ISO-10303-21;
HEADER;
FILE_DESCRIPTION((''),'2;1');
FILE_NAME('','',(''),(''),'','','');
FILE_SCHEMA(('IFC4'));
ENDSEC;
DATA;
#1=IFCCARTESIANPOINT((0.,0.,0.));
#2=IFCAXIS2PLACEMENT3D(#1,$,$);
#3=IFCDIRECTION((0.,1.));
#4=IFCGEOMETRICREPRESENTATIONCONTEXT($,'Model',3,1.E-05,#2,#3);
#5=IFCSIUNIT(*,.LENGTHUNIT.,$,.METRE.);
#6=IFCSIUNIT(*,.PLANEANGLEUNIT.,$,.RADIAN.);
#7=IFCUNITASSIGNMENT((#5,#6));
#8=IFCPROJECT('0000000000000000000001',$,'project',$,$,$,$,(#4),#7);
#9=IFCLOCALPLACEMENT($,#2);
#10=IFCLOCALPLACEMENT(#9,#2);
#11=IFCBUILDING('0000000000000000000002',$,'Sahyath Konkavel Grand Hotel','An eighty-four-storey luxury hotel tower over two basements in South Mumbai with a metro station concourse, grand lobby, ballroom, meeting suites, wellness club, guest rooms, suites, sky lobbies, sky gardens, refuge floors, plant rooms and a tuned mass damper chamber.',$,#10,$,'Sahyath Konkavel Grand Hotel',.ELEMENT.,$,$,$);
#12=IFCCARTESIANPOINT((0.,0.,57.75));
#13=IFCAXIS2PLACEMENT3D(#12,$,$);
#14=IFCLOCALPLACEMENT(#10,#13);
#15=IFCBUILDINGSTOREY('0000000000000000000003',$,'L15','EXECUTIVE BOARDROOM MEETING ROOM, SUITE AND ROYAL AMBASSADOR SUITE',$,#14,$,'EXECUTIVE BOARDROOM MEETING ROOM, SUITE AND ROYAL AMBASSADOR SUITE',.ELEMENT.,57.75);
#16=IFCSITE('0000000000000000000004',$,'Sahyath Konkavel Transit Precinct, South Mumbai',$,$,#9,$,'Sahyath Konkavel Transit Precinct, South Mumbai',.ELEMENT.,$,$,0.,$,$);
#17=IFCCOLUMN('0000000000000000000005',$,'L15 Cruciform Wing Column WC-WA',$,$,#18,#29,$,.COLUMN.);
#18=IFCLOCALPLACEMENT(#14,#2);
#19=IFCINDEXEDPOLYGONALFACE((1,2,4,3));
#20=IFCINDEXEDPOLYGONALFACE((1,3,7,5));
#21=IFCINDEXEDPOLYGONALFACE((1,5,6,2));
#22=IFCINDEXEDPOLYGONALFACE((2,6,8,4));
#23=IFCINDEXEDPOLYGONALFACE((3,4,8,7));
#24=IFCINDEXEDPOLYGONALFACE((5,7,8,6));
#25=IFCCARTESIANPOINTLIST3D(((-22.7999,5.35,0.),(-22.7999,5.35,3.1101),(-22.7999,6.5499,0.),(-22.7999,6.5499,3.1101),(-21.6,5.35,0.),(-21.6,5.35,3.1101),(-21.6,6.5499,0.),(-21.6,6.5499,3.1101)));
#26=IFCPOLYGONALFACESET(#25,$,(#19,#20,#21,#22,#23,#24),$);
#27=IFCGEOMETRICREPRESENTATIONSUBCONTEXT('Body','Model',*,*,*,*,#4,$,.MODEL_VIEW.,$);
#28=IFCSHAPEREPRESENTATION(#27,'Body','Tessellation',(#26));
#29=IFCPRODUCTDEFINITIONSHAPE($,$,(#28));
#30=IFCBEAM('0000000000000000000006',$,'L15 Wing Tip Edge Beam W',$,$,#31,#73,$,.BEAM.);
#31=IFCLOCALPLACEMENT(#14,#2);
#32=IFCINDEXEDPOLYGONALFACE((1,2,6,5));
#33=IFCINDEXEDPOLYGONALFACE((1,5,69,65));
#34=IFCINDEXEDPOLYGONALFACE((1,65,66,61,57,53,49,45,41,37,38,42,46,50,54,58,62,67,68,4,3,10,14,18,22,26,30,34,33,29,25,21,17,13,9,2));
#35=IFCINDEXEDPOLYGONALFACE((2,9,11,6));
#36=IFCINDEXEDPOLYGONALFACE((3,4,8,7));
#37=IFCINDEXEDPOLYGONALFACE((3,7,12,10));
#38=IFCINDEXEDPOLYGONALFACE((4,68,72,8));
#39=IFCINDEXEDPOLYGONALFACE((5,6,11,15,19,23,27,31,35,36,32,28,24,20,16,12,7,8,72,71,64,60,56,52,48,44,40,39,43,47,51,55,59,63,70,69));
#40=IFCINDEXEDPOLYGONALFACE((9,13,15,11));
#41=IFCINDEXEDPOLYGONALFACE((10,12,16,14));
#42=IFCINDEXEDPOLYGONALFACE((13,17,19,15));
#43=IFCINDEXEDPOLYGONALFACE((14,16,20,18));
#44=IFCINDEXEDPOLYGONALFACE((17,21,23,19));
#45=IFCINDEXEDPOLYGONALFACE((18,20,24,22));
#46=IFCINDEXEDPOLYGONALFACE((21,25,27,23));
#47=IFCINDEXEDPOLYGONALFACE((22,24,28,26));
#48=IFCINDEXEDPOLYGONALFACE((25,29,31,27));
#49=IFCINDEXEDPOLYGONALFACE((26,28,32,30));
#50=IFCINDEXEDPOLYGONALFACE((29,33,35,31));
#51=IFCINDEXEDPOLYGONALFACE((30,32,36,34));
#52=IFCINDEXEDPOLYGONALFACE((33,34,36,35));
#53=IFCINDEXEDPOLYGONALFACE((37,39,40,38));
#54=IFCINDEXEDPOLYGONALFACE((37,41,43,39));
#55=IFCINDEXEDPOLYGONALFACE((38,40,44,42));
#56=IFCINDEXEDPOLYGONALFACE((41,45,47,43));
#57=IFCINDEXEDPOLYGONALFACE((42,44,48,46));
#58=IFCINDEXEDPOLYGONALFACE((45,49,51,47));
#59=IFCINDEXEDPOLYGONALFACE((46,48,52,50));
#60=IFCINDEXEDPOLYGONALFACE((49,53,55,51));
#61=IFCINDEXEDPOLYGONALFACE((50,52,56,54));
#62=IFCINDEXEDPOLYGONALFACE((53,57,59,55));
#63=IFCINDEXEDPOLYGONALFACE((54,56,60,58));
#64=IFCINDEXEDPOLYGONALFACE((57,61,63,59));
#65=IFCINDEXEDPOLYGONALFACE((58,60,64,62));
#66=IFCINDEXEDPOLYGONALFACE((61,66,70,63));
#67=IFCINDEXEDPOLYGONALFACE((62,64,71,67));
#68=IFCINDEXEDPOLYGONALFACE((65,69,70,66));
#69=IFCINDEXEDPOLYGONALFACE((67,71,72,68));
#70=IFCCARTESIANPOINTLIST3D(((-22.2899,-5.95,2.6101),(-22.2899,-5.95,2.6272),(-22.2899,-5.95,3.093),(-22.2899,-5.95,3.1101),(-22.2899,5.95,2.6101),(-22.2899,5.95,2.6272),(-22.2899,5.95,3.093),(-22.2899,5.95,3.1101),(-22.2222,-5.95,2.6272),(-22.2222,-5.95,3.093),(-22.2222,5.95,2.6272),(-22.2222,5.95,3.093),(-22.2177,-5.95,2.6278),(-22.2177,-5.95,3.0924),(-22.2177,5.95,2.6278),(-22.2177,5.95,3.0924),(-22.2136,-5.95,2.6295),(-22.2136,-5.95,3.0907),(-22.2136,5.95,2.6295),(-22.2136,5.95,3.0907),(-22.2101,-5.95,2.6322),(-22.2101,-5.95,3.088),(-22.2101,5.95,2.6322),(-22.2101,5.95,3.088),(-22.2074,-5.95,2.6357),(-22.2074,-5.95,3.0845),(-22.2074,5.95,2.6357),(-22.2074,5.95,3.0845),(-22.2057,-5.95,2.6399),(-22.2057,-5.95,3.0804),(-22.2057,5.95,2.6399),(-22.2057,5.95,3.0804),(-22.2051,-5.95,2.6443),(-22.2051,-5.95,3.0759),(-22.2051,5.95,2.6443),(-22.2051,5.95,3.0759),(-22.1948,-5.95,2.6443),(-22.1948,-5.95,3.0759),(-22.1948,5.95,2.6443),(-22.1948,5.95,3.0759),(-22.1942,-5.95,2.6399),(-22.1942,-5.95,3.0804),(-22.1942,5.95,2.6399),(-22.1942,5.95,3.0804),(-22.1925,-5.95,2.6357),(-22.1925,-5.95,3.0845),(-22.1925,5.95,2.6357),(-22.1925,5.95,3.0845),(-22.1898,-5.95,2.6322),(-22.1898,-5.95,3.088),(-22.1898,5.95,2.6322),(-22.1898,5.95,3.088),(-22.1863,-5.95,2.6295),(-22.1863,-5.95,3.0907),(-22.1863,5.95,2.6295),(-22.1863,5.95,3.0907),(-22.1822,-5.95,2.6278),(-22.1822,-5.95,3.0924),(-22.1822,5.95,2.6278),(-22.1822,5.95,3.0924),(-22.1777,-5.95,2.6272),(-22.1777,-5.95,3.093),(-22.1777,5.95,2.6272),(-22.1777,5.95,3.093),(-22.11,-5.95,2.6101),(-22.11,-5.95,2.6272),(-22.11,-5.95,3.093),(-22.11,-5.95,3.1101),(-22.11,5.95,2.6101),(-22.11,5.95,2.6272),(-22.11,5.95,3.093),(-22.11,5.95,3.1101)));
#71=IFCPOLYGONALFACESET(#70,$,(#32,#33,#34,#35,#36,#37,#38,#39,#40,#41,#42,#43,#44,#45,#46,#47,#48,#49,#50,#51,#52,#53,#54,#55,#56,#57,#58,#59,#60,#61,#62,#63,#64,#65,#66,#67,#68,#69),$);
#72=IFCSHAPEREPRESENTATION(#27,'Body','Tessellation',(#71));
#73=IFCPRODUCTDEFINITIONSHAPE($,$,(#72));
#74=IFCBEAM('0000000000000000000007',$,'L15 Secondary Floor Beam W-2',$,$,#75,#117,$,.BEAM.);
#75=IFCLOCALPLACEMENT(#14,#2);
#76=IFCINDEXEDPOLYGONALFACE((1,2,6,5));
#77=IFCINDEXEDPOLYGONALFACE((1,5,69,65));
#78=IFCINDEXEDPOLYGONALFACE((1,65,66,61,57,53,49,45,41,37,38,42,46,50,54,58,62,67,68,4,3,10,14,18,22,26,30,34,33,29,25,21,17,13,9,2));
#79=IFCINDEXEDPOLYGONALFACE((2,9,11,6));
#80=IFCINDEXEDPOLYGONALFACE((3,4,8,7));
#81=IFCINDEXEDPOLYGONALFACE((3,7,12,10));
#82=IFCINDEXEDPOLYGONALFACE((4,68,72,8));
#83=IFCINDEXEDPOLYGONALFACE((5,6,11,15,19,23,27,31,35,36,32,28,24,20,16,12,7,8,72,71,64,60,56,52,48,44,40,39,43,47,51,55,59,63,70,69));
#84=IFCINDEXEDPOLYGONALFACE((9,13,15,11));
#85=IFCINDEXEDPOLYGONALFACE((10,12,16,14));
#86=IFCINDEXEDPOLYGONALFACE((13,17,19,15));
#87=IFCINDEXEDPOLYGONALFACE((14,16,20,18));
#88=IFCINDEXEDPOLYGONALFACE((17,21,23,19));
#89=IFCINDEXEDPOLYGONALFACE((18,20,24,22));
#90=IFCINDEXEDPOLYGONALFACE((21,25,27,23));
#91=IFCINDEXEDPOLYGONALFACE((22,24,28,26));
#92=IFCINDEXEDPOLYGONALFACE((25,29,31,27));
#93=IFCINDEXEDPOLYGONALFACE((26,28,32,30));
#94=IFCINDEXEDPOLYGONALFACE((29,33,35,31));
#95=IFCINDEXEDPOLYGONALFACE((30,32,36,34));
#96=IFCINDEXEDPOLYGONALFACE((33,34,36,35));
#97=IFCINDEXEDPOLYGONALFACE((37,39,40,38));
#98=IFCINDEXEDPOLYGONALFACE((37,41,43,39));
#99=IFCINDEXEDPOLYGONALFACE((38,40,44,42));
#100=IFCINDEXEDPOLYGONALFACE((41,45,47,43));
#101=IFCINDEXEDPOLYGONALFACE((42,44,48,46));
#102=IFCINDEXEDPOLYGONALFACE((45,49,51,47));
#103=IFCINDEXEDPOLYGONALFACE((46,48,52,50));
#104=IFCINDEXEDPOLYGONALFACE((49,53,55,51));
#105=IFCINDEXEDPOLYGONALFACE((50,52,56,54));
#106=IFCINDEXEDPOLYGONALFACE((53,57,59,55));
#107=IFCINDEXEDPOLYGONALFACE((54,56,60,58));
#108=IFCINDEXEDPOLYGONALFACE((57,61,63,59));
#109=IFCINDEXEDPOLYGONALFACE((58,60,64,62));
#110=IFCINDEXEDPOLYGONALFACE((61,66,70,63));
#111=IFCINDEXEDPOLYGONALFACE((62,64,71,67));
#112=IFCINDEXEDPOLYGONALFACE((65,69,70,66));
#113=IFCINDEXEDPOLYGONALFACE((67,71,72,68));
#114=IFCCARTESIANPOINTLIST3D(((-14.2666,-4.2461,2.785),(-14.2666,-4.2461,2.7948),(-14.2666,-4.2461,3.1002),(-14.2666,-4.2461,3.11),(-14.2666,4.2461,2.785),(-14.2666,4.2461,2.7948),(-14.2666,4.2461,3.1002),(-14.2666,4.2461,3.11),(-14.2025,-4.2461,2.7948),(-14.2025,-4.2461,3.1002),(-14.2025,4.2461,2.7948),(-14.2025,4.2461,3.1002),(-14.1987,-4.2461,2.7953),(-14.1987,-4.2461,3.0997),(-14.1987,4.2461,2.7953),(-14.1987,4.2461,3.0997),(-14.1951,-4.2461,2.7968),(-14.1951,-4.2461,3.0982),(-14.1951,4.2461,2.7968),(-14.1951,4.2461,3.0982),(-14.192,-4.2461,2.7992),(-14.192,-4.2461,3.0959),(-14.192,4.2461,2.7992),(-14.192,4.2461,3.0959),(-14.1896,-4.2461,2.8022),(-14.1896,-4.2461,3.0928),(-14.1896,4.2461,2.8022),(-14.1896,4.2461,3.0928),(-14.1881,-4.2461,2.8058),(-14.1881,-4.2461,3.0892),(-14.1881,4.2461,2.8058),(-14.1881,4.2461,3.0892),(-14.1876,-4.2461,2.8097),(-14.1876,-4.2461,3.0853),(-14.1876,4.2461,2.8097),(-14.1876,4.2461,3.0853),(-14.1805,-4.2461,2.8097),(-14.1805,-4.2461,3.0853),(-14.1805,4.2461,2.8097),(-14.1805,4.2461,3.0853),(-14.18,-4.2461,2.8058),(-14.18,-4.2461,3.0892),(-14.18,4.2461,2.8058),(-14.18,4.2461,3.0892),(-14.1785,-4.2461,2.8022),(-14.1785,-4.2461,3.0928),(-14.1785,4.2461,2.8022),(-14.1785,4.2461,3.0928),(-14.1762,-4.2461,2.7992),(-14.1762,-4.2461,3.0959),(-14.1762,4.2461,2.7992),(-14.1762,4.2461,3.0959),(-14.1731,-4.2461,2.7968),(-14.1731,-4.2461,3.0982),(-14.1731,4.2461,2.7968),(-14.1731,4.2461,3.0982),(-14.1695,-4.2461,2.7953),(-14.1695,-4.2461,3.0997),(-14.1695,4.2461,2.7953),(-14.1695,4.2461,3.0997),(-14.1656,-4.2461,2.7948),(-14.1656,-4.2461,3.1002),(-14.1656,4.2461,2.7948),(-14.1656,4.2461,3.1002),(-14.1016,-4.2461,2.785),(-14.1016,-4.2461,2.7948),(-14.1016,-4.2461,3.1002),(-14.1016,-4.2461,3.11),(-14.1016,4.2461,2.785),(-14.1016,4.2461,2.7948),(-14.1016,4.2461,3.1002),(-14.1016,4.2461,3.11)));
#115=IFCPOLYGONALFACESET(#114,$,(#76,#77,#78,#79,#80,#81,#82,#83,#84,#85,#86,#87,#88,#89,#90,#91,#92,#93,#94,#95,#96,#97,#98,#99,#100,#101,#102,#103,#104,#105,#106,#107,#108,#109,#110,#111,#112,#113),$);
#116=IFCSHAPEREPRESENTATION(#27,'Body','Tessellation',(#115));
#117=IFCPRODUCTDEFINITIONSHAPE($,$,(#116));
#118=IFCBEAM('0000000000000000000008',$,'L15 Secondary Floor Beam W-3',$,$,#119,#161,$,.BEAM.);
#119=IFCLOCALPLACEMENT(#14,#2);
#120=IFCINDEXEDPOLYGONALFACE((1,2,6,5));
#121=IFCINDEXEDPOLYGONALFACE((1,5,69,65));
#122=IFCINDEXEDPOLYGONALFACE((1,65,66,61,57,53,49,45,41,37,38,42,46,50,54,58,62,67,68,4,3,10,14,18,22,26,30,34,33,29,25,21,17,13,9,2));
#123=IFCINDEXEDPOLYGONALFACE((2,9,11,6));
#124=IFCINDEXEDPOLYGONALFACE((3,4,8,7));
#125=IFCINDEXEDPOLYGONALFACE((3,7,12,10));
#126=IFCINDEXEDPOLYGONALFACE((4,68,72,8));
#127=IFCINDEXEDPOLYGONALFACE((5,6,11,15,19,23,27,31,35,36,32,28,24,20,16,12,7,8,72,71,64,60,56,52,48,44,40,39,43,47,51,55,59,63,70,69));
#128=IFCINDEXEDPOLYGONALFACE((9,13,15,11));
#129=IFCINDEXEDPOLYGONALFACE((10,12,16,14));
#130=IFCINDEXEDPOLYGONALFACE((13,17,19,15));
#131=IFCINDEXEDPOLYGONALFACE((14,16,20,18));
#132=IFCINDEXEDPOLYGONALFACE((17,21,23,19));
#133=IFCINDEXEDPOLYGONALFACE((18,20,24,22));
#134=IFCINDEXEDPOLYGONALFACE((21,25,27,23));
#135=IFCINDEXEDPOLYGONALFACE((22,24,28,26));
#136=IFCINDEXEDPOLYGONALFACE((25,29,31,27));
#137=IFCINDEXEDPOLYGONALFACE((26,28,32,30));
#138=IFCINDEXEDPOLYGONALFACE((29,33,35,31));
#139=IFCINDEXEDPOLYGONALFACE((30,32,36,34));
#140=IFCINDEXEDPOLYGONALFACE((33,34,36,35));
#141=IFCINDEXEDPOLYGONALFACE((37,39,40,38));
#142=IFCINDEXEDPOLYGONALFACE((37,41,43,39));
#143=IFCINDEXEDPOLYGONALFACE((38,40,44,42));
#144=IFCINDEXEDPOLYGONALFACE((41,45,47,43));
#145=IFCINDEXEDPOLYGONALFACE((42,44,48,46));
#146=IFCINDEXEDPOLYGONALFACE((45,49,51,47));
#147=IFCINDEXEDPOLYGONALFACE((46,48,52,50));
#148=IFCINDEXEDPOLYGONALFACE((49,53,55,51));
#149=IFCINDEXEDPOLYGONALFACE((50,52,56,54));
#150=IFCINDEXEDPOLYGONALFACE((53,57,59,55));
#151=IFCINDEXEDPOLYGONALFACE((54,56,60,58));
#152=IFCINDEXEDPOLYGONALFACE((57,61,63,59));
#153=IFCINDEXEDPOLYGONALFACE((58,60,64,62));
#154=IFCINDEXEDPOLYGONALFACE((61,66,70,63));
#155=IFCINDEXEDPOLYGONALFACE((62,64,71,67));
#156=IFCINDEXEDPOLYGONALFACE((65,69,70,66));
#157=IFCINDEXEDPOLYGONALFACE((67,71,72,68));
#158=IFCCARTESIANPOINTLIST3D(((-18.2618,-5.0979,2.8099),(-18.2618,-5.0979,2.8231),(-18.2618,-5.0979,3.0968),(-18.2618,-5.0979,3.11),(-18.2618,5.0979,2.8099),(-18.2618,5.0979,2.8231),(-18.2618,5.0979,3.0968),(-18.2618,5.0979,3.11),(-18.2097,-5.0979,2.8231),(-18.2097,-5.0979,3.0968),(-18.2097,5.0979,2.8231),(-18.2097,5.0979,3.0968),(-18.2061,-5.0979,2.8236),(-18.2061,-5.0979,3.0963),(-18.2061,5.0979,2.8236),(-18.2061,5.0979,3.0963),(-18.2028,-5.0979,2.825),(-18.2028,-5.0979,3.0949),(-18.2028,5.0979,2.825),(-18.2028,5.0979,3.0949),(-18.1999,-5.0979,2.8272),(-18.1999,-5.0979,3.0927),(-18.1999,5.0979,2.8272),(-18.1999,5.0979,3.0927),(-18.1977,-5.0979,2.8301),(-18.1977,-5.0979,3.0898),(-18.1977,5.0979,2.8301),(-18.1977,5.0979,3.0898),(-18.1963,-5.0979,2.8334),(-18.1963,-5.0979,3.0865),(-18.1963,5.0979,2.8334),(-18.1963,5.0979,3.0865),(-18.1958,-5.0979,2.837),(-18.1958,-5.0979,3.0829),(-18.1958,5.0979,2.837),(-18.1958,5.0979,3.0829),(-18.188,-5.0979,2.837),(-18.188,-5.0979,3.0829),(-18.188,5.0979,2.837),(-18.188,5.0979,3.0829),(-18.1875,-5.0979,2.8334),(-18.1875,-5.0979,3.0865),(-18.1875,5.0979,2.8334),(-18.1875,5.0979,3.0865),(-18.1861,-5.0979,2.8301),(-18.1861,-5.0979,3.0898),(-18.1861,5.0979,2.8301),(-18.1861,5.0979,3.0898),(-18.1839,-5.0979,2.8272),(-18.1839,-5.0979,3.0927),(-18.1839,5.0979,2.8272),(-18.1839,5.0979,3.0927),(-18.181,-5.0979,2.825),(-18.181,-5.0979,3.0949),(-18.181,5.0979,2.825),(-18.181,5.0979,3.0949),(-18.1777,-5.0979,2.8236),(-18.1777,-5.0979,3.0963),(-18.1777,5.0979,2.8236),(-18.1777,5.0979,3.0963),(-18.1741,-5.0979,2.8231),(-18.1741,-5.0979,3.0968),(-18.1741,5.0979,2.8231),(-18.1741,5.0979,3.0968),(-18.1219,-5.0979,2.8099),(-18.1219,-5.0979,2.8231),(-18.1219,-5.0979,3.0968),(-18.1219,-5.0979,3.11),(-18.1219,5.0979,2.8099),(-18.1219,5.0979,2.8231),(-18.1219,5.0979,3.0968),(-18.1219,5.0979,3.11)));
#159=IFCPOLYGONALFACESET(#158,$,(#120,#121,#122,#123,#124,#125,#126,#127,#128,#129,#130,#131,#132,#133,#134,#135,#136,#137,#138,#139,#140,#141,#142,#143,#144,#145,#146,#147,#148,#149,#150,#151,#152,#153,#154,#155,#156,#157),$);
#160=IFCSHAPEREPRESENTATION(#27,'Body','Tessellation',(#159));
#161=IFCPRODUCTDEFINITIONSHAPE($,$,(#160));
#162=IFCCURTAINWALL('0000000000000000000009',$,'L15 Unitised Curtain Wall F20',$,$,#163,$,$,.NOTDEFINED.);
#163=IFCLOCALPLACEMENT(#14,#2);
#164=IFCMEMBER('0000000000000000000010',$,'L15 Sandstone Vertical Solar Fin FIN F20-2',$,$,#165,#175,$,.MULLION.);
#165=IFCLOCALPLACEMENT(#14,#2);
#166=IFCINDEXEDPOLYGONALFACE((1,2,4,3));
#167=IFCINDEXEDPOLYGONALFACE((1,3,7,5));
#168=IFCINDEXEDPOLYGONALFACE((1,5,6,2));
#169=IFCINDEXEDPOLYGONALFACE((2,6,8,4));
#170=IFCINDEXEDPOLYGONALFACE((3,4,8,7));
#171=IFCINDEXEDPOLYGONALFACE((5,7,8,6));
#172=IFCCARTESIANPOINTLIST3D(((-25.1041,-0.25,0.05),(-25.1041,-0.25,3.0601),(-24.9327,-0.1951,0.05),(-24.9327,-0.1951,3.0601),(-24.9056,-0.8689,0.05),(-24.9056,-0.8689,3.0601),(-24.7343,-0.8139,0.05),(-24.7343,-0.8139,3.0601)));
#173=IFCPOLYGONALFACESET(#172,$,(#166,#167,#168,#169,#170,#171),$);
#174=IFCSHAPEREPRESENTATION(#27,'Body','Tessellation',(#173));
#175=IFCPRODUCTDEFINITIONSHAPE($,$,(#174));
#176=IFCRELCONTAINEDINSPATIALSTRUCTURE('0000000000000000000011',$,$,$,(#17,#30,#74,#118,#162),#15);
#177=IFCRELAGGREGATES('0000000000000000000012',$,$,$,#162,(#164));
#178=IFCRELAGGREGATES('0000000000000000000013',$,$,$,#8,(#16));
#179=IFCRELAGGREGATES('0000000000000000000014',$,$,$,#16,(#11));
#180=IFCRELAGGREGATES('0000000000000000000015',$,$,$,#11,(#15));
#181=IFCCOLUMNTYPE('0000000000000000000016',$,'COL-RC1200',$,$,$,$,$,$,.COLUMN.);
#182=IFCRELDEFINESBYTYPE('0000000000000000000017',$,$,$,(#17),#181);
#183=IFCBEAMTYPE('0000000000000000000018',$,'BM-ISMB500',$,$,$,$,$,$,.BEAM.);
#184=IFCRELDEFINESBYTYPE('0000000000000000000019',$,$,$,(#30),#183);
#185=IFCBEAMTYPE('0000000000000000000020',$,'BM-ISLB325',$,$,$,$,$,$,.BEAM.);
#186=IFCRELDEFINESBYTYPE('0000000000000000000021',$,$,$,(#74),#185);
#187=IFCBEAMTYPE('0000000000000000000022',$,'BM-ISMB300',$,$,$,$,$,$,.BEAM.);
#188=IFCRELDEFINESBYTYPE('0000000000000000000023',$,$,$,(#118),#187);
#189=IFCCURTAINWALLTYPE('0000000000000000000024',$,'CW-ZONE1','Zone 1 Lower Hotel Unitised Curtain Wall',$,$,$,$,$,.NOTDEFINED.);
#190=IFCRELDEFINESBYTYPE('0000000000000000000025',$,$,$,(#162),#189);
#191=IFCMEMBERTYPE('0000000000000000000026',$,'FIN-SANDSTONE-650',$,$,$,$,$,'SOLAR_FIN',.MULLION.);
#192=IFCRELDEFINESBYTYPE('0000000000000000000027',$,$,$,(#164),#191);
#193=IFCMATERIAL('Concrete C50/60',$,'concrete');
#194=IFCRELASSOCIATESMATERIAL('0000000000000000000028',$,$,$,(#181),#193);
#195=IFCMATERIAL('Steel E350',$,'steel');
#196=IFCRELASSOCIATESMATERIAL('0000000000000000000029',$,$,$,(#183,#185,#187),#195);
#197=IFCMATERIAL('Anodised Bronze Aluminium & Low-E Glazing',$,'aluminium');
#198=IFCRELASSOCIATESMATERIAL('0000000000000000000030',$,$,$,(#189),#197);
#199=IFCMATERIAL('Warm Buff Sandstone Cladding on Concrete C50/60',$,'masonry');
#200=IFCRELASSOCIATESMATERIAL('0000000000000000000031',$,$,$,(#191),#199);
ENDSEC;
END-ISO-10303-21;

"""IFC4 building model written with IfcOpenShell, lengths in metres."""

from ifc_helpers import new_model, si_unit, direction, frame, origin, origin_2d, place, context, subcontext, project, spatial, rectangle, i_section, extrude, source, transform, mapped, material, material_profile, profile_set, type_object, element, aggregate, save


model = new_model("IFC4")

# Units and contexts
model_context = context("Model", 3, precision=1e-05, world=origin(), true_north=direction((0.0, 1.0)))
body_context = subcontext(model_context, "Body", "Model", "MODEL_VIEW")
ifc_project = project(units=[si_unit("LENGTHUNIT", "METRE"), si_unit("PLANEANGLEUNIT", "RADIAN")], contexts=[model_context])

# Site, building, storey
site_placement = place(None, origin())
site = spatial("IfcSite", under=ifc_project, at=site_placement, Name="Sahyath Konkavel Transit Precinct, South Mumbai", LongName="Sahyath Konkavel Transit Precinct, South Mumbai", CompositionType="ELEMENT", RefElevation=0.0)
building_placement = place(site_placement, origin())
building = spatial("IfcBuilding", under=site, at=building_placement, Name="Sahyath Konkavel Grand Hotel", Description="An eighty-four-storey luxury hotel tower over two basements in South Mumbai with a metro station concourse, grand lobby, ballroom, meeting suites, wellness club, guest rooms, suites, sky lobbies, sky gardens, refuge floors, plant rooms and a tuned mass damper chamber.", LongName="Sahyath Konkavel Grand Hotel", CompositionType="ELEMENT")
storey_placement = place(building_placement, frame((0.0, 0.0, 57.75)))
storey = spatial("IfcBuildingStorey", under=building, at=storey_placement, Name="L15", Description="EXECUTIVE BOARDROOM MEETING ROOM, SUITE AND ROYAL AMBASSADOR SUITE", LongName="EXECUTIVE BOARDROOM MEETING ROOM, SUITE AND ROYAL AMBASSADOR SUITE", CompositionType="ELEMENT", Elevation=57.75)

# Column
ifc_material_1 = material(Name="Concrete C50/60", Category="concrete")
ifc_material_profile_1 = material_profile(ifc_material_1, rectangle(XDim=1.2, YDim=1.2, at=origin_2d()), Name="RC 1200x1200")
ifc_profile_set_1 = profile_set([ifc_material_profile_1], Name="Concrete C50/60")
column_type = type_object("IfcColumnType", Name="COL-RC1200", PredefinedType="COLUMN", material=ifc_profile_set_1)
shared_shape_1 = source(origin(), body_context, "Body", "SweptSolid", [
    extrude(rectangle(XDim=1.2, YDim=1.2, at=origin_2d()), origin(), (0.0, 0.0, 1.0), 3.1101),
])
column_placement = place(storey_placement, frame((-22.2, 5.95, 0.0), z_axis=(0.0, 0.0, 1.0), x_axis=(1.0, 0.0, 0.0)))
element("IfcColumn", 1, at=column_placement, inside=storey, type_object=column_type, Name="L15 Cruciform Wing Column WC-WA", PredefinedType="COLUMN", context=body_context, shape_type="MappedRepresentation", body=[
    mapped(shared_shape_1, transform((0.0, 0.0, 0.0), scale=1.0)),
])

# Beams
ifc_material_2 = material(Name="Steel E350", Category="steel")
ifc_material_profile_2 = material_profile(ifc_material_2, i_section(OverallWidth=0.1799, OverallDepth=0.5, WebThickness=0.0103, FlangeThickness=0.0171, FilletRadius=0.0171, at=origin_2d()), Name="ISMB 500")
ifc_profile_set_2 = profile_set([ifc_material_profile_2], Name="Steel E350")
beam_type_1 = type_object("IfcBeamType", Name="BM-ISMB500", PredefinedType="BEAM", material=ifc_profile_set_2)
shared_shape_2 = source(origin(), body_context, "Body", "SweptSolid", [
    extrude(i_section(OverallWidth=0.1799, OverallDepth=0.5, WebThickness=0.0103, FlangeThickness=0.0171, FilletRadius=0.0171, at=origin_2d()), origin(), (0.0, 0.0, 1.0), 11.8999),
])
beam_1_placement = place(storey_placement, frame((-22.2, 5.95, 2.8601), z_axis=(0.0, -1.0, 0.0), x_axis=(1.0, 0.0, 0.0)))
element("IfcBeam", 2, at=beam_1_placement, inside=storey, type_object=beam_type_1, Name="L15 Wing Tip Edge Beam W", PredefinedType="BEAM", context=body_context, shape_type="MappedRepresentation", body=[
    mapped(shared_shape_2, transform((0.0, 0.0, 0.0), scale=1.0)),
])
ifc_material_profile_3 = material_profile(ifc_material_2, i_section(OverallWidth=0.165, OverallDepth=0.325, WebThickness=0.0071, FlangeThickness=0.0098, FilletRadius=0.0149, at=origin_2d()), Name="ISLB 325")
ifc_profile_set_3 = profile_set([ifc_material_profile_3], Name="Steel E350")
beam_type_2 = type_object("IfcBeamType", Name="BM-ISLB325", PredefinedType="BEAM", material=ifc_profile_set_3)
shared_shape_3 = source(origin(), body_context, "Body", "SweptSolid", [
    extrude(i_section(OverallWidth=0.165, OverallDepth=0.325, WebThickness=0.0071, FlangeThickness=0.0098, FilletRadius=0.0149, at=origin_2d()), origin(), (0.0, 0.0, 1.0), 8.4922),
])
beam_2_placement = place(storey_placement, frame((-14.1841, 4.2461, 2.9475), z_axis=(0.0, -1.0, 0.0), x_axis=(1.0, 0.0, 0.0)))
element("IfcBeam", 3, at=beam_2_placement, inside=storey, type_object=beam_type_2, Name="L15 Secondary Floor Beam W-2", PredefinedType="BEAM", context=body_context, shape_type="MappedRepresentation", body=[
    mapped(shared_shape_3, transform((0.0, 0.0, 0.0), scale=1.0)),
])
ifc_material_profile_4 = material_profile(ifc_material_2, i_section(OverallWidth=0.1399, OverallDepth=0.3, WebThickness=0.0078, FlangeThickness=0.0132, FilletRadius=0.0139, at=origin_2d()), Name="ISMB 300")
ifc_profile_set_4 = profile_set([ifc_material_profile_4], Name="Steel E350")
beam_type_3 = type_object("IfcBeamType", Name="BM-ISMB300", PredefinedType="BEAM", material=ifc_profile_set_4)
shared_shape_4 = source(origin(), body_context, "Body", "SweptSolid", [
    extrude(i_section(OverallWidth=0.1399, OverallDepth=0.3, WebThickness=0.0078, FlangeThickness=0.0132, FilletRadius=0.0139, at=origin_2d()), origin(), (0.0, 0.0, 1.0), 10.1958),
])
beam_3_placement = place(storey_placement, frame((-18.1919, 5.0979, 2.96), z_axis=(0.0, -1.0, 0.0), x_axis=(1.0, 0.0, 0.0)))
element("IfcBeam", 4, at=beam_3_placement, inside=storey, type_object=beam_type_3, Name="L15 Secondary Floor Beam W-3", PredefinedType="BEAM", context=body_context, shape_type="MappedRepresentation", body=[
    mapped(shared_shape_4, transform((0.0, 0.0, 0.0), scale=1.0)),
])

# Curtain wall, member
ifc_material_3 = material(Name="Anodised Bronze Aluminium & Low-E Glazing", Category="aluminium")
curtain_wall_type = type_object("IfcCurtainWallType", Name="CW-ZONE1", Description="Zone 1 Lower Hotel Unitised Curtain Wall", PredefinedType="NOTDEFINED", material=ifc_material_3)
curtain_wall_placement = place(storey_placement, origin())
curtain_wall = element("IfcCurtainWall", 5, at=curtain_wall_placement, inside=storey, type_object=curtain_wall_type, Name="L15 Unitised Curtain Wall F20", PredefinedType="NOTDEFINED")
ifc_material_4 = material(Name="Warm Buff Sandstone Cladding on Concrete C50/60", Category="masonry")
ifc_material_profile_5 = material_profile(ifc_material_4, rectangle(XDim=0.1799, YDim=0.6499, at=origin_2d()), Name="FIN 180x650")
ifc_profile_set_5 = profile_set([ifc_material_profile_5], Name="Warm Buff Sandstone Cladding on Concrete C50/60")
member_type_1 = type_object("IfcMemberType", Name="FIN-SANDSTONE-650", ElementType="SOLAR_FIN", PredefinedType="MULLION", material=ifc_profile_set_5)
shared_shape_5 = source(origin(), body_context, "Body", "SweptSolid", [
    extrude(rectangle(XDim=0.1799, YDim=0.6499, at=origin_2d()), origin(), (0.0, 0.0, 1.0), 3.01),
])
member_1_placement = place(storey_placement, frame((-24.9192, -0.532, 0.05), z_axis=(0.0, 0.0, 1.0), x_axis=(0.952236, 0.305363, 0.0)))
member_1 = element("IfcMember", 6, at=member_1_placement, type_object=member_type_1, Name="L15 Sandstone Vertical Solar Fin FIN F20-2", PredefinedType="MULLION", context=body_context, shape_type="MappedRepresentation", body=[
    mapped(shared_shape_5, transform((0.0, 0.0, 0.0), scale=1.0)),
])
aggregate(curtain_wall, [member_1])

save(model, "model.ifc")
